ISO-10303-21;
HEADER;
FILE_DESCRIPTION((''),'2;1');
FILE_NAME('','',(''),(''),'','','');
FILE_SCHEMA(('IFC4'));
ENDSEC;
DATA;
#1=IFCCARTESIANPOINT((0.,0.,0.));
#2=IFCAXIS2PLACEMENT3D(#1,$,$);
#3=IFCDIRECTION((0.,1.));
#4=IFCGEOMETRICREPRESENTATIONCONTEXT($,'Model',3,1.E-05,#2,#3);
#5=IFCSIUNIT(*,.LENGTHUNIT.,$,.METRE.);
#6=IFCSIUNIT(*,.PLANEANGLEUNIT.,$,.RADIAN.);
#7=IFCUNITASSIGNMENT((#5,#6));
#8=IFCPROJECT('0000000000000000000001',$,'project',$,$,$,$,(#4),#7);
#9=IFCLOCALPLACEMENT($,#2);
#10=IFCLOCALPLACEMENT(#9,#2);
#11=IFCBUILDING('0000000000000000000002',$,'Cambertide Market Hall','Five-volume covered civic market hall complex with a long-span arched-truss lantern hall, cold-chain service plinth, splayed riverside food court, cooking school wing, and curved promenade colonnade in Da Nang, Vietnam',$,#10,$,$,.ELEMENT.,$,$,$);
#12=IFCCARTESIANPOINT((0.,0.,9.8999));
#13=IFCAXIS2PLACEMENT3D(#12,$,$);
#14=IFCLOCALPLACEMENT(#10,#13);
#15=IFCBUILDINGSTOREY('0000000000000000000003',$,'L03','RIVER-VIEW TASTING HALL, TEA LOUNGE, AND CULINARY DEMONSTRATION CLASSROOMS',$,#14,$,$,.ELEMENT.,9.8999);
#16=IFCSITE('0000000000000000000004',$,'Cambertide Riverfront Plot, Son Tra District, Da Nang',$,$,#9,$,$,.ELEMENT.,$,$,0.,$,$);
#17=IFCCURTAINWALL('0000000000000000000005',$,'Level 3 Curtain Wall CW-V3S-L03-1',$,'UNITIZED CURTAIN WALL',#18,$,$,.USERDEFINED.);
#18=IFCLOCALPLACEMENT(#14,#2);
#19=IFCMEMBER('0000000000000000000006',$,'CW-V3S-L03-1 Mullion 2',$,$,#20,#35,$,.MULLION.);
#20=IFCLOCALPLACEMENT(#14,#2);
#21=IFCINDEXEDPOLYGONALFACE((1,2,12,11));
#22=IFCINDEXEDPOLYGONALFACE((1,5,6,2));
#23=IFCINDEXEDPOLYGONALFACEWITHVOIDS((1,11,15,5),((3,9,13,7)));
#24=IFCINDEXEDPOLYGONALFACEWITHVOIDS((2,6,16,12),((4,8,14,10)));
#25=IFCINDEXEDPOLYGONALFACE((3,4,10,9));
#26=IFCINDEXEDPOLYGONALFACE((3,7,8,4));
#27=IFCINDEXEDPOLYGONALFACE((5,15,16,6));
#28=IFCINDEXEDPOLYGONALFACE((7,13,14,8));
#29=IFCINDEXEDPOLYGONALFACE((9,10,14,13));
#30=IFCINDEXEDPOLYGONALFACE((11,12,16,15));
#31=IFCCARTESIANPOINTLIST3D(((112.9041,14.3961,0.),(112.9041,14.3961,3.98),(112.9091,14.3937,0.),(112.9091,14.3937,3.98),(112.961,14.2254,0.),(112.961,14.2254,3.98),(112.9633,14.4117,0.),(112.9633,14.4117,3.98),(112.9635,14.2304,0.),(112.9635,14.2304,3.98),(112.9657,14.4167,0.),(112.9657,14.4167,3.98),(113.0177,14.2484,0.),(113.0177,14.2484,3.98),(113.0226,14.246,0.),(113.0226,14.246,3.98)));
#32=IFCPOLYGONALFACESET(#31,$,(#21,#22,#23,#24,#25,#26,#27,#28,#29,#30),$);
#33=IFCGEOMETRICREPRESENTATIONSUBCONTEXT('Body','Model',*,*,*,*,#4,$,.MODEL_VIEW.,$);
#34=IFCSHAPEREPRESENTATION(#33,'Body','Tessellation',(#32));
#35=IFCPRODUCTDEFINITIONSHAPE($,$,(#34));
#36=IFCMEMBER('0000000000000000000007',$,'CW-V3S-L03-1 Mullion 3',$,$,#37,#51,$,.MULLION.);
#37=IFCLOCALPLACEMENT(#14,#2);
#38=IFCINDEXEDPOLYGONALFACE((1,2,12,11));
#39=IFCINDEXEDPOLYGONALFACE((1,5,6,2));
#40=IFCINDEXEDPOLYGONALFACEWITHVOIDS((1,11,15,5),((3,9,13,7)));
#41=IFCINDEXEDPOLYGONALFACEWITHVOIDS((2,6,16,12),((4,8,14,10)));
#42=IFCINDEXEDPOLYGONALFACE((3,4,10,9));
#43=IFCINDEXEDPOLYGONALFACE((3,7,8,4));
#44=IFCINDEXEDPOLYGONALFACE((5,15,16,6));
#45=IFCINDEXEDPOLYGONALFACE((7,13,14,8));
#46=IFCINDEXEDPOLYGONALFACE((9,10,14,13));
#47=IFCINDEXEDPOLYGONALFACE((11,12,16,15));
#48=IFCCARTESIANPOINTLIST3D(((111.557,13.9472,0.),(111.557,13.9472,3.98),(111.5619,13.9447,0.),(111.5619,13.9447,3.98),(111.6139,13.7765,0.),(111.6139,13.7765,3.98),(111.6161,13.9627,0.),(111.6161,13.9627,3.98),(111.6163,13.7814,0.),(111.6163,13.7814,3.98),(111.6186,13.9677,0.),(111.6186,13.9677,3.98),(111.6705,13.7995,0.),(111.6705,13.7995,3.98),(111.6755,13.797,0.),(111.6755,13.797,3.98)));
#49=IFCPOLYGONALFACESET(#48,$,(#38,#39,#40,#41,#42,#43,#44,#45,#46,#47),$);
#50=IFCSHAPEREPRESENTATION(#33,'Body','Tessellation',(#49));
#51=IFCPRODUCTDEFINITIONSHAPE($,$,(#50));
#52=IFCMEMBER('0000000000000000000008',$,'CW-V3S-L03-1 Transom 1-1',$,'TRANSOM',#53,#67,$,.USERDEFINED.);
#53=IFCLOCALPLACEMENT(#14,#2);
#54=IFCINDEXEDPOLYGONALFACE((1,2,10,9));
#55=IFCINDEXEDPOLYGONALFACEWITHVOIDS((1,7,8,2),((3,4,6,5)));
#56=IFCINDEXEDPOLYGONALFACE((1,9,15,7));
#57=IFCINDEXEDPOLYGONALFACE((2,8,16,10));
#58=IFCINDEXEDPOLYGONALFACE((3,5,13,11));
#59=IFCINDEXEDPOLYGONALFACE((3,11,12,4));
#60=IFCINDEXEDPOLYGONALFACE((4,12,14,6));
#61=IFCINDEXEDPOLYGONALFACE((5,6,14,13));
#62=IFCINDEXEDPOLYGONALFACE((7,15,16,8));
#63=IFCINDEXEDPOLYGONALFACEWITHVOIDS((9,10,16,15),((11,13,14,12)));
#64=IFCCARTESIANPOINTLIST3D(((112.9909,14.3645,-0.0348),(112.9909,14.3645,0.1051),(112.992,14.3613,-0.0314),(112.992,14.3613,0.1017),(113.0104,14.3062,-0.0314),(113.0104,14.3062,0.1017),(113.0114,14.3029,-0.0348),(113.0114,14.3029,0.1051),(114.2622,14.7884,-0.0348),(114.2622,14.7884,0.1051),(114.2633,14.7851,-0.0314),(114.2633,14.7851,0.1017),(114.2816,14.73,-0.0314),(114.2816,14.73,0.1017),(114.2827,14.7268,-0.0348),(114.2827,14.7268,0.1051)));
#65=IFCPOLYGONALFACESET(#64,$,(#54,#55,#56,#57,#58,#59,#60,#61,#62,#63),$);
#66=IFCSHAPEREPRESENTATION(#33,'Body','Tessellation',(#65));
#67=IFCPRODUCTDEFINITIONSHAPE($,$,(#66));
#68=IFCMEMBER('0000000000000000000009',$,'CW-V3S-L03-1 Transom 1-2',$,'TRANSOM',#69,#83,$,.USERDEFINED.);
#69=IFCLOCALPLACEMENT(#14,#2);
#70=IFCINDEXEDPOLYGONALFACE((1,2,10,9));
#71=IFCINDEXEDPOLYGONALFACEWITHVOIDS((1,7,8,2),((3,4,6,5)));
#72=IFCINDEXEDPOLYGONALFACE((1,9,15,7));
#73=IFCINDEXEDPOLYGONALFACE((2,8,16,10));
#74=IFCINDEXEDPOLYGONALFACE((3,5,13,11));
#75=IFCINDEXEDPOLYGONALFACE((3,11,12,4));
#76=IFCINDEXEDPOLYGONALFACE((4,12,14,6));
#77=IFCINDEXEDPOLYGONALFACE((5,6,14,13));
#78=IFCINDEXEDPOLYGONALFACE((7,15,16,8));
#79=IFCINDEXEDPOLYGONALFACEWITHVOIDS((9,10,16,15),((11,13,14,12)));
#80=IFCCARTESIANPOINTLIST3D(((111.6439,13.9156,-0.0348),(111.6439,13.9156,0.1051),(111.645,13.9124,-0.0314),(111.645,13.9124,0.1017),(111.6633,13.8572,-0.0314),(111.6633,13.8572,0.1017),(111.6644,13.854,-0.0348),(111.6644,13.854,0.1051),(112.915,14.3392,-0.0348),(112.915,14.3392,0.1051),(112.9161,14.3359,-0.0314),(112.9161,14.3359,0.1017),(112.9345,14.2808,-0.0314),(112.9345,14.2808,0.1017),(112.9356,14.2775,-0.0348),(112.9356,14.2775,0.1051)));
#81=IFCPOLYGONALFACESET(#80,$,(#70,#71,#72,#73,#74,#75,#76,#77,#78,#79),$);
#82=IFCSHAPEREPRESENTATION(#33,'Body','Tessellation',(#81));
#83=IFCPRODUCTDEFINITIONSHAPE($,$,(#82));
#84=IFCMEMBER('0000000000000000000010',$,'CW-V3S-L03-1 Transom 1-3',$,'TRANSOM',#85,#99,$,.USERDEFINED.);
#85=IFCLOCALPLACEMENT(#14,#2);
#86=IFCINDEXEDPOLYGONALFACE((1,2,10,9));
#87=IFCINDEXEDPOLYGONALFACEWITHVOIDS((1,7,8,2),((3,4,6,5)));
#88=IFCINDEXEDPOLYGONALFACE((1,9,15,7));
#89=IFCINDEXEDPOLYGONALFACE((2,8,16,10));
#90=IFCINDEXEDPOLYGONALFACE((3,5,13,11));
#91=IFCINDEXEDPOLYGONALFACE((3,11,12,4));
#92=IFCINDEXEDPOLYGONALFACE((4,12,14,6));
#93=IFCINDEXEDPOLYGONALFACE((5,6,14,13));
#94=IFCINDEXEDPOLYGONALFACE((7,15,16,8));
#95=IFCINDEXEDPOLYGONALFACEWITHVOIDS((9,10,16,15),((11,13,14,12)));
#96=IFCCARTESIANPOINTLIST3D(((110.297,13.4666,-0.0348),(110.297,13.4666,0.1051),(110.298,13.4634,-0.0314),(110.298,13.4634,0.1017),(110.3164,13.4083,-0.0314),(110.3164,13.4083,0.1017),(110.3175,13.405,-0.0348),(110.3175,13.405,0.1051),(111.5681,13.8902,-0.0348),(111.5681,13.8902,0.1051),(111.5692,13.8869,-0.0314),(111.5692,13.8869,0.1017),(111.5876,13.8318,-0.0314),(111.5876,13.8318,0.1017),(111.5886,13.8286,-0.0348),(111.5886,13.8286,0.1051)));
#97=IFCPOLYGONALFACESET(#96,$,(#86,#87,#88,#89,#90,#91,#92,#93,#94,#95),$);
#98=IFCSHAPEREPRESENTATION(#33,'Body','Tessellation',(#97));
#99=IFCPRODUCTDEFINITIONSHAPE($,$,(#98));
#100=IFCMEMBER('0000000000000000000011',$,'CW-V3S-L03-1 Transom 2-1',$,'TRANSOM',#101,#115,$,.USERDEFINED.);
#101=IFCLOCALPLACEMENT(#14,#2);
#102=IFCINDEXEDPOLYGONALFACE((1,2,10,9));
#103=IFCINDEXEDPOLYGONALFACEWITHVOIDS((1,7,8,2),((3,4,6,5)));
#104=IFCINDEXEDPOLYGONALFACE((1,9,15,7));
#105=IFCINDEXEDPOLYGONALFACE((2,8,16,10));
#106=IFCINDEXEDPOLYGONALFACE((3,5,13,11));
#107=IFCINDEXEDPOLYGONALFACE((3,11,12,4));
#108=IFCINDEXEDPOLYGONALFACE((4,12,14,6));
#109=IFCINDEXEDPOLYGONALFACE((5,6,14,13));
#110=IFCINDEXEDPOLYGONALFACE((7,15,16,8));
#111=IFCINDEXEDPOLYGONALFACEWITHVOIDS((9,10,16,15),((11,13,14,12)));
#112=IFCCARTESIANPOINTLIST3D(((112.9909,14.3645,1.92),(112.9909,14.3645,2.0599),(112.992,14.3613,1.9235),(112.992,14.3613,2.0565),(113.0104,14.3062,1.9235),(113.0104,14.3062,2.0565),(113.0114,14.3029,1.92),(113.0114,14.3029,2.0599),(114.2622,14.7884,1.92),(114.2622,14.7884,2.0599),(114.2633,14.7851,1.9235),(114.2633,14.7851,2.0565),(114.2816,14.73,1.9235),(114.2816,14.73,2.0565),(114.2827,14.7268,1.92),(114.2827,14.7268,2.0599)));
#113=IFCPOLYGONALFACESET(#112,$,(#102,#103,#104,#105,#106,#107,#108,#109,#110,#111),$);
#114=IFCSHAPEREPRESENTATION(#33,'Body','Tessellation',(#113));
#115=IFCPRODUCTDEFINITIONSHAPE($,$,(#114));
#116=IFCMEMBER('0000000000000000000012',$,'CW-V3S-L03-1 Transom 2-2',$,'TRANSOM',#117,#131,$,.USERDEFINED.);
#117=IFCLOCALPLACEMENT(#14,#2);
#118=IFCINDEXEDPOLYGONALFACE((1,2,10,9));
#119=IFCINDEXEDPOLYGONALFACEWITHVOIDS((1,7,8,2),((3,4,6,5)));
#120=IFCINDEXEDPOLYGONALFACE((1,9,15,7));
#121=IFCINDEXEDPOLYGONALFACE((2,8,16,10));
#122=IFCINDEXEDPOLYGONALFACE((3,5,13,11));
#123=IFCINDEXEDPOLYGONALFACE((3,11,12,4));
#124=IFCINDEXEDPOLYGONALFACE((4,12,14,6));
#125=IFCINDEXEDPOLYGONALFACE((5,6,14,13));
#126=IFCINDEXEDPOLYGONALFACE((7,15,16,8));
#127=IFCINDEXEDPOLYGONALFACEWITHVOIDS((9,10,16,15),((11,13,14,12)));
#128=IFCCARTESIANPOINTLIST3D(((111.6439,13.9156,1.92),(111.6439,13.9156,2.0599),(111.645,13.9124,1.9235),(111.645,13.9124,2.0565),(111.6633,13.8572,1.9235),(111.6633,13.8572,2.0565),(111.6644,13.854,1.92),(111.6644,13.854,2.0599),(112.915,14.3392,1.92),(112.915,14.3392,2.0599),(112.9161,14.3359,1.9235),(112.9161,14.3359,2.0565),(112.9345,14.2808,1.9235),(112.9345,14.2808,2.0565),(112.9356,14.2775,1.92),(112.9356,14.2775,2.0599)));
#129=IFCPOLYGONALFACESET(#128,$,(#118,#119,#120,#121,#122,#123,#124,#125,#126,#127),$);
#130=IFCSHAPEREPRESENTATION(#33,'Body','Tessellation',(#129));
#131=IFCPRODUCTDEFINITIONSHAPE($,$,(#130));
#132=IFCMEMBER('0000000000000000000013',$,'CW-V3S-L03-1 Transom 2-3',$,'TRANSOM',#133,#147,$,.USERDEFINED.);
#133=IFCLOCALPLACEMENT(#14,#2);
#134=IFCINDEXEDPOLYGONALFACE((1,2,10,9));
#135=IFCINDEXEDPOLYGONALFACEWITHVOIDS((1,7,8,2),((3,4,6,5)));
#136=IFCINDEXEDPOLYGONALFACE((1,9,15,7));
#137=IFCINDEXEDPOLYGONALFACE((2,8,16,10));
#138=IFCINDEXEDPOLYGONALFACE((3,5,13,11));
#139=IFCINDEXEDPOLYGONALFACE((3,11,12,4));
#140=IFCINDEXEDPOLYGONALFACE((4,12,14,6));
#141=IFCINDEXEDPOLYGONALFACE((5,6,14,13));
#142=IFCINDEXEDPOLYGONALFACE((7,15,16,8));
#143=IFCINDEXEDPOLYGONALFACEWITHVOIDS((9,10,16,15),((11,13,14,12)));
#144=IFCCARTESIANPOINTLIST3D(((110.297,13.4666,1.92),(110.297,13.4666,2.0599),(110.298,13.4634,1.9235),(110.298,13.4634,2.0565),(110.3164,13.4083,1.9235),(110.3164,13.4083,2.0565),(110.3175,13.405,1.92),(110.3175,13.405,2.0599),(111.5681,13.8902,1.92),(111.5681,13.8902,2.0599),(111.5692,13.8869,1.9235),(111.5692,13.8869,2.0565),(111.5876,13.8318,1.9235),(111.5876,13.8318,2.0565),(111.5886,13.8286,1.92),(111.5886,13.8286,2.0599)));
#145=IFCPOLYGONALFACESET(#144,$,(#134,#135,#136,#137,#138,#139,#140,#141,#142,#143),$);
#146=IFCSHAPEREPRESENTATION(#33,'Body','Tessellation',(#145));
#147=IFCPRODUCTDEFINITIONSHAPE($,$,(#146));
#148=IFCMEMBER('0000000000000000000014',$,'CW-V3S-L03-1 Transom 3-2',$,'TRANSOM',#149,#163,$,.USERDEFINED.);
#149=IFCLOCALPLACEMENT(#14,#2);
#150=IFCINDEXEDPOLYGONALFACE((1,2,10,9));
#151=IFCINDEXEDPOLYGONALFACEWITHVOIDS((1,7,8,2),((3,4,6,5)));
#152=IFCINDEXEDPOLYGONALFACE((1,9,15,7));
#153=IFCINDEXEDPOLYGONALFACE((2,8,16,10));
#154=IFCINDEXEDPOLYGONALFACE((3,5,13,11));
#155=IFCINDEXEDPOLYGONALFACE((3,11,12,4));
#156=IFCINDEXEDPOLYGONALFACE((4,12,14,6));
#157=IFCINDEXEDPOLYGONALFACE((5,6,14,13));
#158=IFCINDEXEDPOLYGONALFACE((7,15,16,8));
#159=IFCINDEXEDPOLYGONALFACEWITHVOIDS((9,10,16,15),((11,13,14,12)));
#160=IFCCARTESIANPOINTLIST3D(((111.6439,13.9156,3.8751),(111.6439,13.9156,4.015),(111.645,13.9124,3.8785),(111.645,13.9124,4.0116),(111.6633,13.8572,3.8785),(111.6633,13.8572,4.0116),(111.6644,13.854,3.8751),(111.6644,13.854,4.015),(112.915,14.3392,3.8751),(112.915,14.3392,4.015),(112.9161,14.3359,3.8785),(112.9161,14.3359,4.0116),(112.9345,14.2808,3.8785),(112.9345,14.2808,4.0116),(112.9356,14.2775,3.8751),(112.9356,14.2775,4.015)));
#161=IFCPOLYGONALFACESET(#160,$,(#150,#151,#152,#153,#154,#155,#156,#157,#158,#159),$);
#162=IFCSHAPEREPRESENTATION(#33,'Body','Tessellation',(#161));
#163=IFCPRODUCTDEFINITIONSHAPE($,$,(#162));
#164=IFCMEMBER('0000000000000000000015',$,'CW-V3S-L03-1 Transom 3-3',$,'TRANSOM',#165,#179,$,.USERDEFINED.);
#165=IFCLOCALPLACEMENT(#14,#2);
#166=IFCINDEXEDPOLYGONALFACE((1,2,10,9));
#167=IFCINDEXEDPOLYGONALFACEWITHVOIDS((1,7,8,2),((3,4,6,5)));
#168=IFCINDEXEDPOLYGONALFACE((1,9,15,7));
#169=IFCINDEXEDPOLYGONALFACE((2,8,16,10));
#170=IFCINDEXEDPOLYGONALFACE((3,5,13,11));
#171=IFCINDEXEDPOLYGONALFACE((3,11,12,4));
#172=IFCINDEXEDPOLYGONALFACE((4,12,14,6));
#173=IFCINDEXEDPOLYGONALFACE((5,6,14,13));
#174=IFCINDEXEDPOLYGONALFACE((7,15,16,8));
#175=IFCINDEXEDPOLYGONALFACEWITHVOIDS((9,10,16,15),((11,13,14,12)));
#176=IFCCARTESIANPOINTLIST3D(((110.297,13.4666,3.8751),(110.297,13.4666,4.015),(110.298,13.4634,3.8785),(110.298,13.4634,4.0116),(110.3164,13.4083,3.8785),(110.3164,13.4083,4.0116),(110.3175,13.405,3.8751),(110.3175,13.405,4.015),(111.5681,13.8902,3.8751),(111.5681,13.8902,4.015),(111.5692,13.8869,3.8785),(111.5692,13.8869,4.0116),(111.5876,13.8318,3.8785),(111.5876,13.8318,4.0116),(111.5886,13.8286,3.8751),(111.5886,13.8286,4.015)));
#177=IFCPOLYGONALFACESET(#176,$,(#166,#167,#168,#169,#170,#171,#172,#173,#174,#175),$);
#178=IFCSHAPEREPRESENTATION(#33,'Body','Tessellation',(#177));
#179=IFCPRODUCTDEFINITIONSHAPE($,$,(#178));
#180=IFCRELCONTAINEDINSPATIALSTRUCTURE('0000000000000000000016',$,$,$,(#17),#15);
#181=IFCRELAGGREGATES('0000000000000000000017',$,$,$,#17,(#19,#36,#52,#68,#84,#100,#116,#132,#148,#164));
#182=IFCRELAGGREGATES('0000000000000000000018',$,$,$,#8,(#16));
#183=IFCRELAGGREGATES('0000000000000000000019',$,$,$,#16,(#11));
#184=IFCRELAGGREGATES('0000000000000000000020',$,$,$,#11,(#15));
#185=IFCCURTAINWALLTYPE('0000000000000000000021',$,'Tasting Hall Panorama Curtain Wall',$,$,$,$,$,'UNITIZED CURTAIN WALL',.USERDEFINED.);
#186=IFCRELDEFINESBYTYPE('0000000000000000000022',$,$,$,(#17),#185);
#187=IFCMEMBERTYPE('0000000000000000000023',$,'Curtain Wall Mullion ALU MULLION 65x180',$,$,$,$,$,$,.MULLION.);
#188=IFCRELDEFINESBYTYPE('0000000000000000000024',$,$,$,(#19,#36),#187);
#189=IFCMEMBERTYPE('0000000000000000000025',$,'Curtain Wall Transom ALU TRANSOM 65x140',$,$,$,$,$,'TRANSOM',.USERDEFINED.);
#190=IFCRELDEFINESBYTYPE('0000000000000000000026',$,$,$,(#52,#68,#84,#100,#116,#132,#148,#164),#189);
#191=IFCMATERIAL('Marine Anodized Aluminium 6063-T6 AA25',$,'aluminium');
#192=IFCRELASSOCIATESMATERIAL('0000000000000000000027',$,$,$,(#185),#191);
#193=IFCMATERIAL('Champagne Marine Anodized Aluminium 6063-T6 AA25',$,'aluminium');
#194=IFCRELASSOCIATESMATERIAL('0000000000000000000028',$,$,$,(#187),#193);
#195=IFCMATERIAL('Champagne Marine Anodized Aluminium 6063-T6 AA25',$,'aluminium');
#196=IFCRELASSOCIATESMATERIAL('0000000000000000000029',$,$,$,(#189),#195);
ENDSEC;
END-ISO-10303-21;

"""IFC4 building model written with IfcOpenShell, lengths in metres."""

from ifc_helpers import new_model, si_unit, direction, frame, origin, origin_2d, place, context, subcontext, project, spatial, hollow_rectangle, extrude, material, material_profile, profile_set, type_object, element, aggregate, save


model = new_model("IFC4")

# Units and contexts
model_context = context("Model", 3, precision=1e-05, world=origin(), true_north=direction((0.0, 1.0)))
body_context = subcontext(model_context, "Body", "Model", "MODEL_VIEW")
ifc_project = project(units=[si_unit("LENGTHUNIT", "METRE"), si_unit("PLANEANGLEUNIT", "RADIAN")], contexts=[model_context])

# Site, building, storey
site_placement = place(None, origin())
site = spatial("IfcSite", under=ifc_project, at=site_placement, Name="Cambertide Riverfront Plot, Son Tra District, Da Nang", CompositionType="ELEMENT", RefElevation=0.0)
building_placement = place(site_placement, origin())
building = spatial("IfcBuilding", under=site, at=building_placement, Name="Cambertide Market Hall", Description="Five-volume covered civic market hall complex with a long-span arched-truss lantern hall, cold-chain service plinth, splayed riverside food court, cooking school wing, and curved promenade colonnade in Da Nang, Vietnam", CompositionType="ELEMENT")
storey_placement = place(building_placement, frame((0.0, 0.0, 9.8999)))
storey = spatial("IfcBuildingStorey", under=building, at=storey_placement, Name="L03", Description="RIVER-VIEW TASTING HALL, TEA LOUNGE, AND CULINARY DEMONSTRATION CLASSROOMS", CompositionType="ELEMENT", Elevation=9.8999)

# Curtain wall, members
ifc_material_1 = material(Name="Marine Anodized Aluminium 6063-T6 AA25", Category="aluminium")
curtain_wall_type = type_object("IfcCurtainWallType", Name="Tasting Hall Panorama Curtain Wall", ElementType="UNITIZED CURTAIN WALL", PredefinedType="USERDEFINED", material=ifc_material_1)
curtain_wall_placement = place(storey_placement, origin())
curtain_wall = element("IfcCurtainWall", 1, at=curtain_wall_placement, inside=storey, type_object=curtain_wall_type, Name="Level 3 Curtain Wall CW-V3S-L03-1", ObjectType="UNITIZED CURTAIN WALL", PredefinedType="USERDEFINED")
ifc_material_2 = material(Name="Champagne Marine Anodized Aluminium 6063-T6 AA25", Category="aluminium")
ifc_material_profile_1 = material_profile(ifc_material_2, hollow_rectangle(XDim=0.0649, YDim=0.1799, WallThickness=0.0039, at=origin_2d()), Name="ALU MULLION 65x180")
ifc_profile_set_1 = profile_set([ifc_material_profile_1], Name="Champagne Marine Anodized Aluminium 6063-T6 AA25")
member_type_1 = type_object("IfcMemberType", Name="Curtain Wall Mullion ALU MULLION 65x180", PredefinedType="MULLION", material=ifc_profile_set_1)
member_1_placement = place(storey_placement, frame((112.9634, 14.321, 0.0), z_axis=(0.0, 0.0, 1.0), x_axis=(-0.948683, -0.316228, 0.0)))
member_1 = element("IfcMember", 2, at=member_1_placement, type_object=member_type_1, Name="CW-V3S-L03-1 Mullion 2", PredefinedType="MULLION", context=body_context, shape_type="SweptSolid", body=[
    extrude(hollow_rectangle(XDim=0.0649, YDim=0.1799, WallThickness=0.0039, at=origin_2d()), origin(), (0.0, 0.0, 1.0), 3.98),
])
member_2_placement = place(storey_placement, frame((111.6162, 13.8721, 0.0), z_axis=(0.0, 0.0, 1.0), x_axis=(-0.948683, -0.316228, 0.0)))
member_2 = element("IfcMember", 3, at=member_2_placement, type_object=member_type_1, Name="CW-V3S-L03-1 Mullion 3", PredefinedType="MULLION", context=body_context, shape_type="SweptSolid", body=[
    extrude(hollow_rectangle(XDim=0.0649, YDim=0.1799, WallThickness=0.0039, at=origin_2d()), origin(), (0.0, 0.0, 1.0), 3.98),
])
ifc_material_3 = material(Name="Champagne Marine Anodized Aluminium 6063-T6 AA25", Category="aluminium")
ifc_material_profile_2 = material_profile(ifc_material_3, hollow_rectangle(XDim=0.0649, YDim=0.1399, WallThickness=0.0034, at=origin_2d()), Name="ALU TRANSOM 65x140")
ifc_profile_set_2 = profile_set([ifc_material_profile_2], Name="Champagne Marine Anodized Aluminium 6063-T6 AA25")
member_type_2 = type_object("IfcMemberType", Name="Curtain Wall Transom ALU TRANSOM 65x140", ElementType="TRANSOM", PredefinedType="USERDEFINED", material=ifc_profile_set_2)
member_3_placement = place(storey_placement, frame((114.2725, 14.7576, 0.0352), z_axis=(-0.948665, -0.316282, 0.0), x_axis=(0.316282, -0.948665, 0.0)))
member_3 = element("IfcMember", 4, at=member_3_placement, type_object=member_type_2, Name="CW-V3S-L03-1 Transom 1-1", ObjectType="TRANSOM", PredefinedType="USERDEFINED", context=body_context, shape_type="SweptSolid", body=[
    extrude(hollow_rectangle(XDim=0.0649, YDim=0.1399, WallThickness=0.0034, at=origin_2d()), origin(), (0.0, 0.0, 1.0), 1.3401),
])
member_4_placement = place(storey_placement, frame((112.9253, 14.3083, 0.0352), z_axis=(-0.94872, -0.316118, 0.0), x_axis=(0.316118, -0.94872, 0.0)))
member_4 = element("IfcMember", 5, at=member_4_placement, type_object=member_type_2, Name="CW-V3S-L03-1 Transom 1-2", ObjectType="TRANSOM", PredefinedType="USERDEFINED", context=body_context, shape_type="SweptSolid", body=[
    extrude(hollow_rectangle(XDim=0.0649, YDim=0.1399, WallThickness=0.0034, at=origin_2d()), origin(), (0.0, 0.0, 1.0), 1.3398),
])
member_5_placement = place(storey_placement, frame((111.5784, 13.8594, 0.0352), z_axis=(-0.94872, -0.316118, 0.0), x_axis=(0.316118, -0.94872, 0.0)))
member_5 = element("IfcMember", 6, at=member_5_placement, type_object=member_type_2, Name="CW-V3S-L03-1 Transom 1-3", ObjectType="TRANSOM", PredefinedType="USERDEFINED", context=body_context, shape_type="SweptSolid", body=[
    extrude(hollow_rectangle(XDim=0.0649, YDim=0.1399, WallThickness=0.0034, at=origin_2d()), origin(), (0.0, 0.0, 1.0), 1.3398),
])
member_6_placement = place(storey_placement, frame((114.2725, 14.7576, 1.99), z_axis=(-0.948665, -0.316282, 0.0), x_axis=(0.316282, -0.948665, 0.0)))
member_6 = element("IfcMember", 7, at=member_6_placement, type_object=member_type_2, Name="CW-V3S-L03-1 Transom 2-1", ObjectType="TRANSOM", PredefinedType="USERDEFINED", context=body_context, shape_type="SweptSolid", body=[
    extrude(hollow_rectangle(XDim=0.0649, YDim=0.1399, WallThickness=0.0034, at=origin_2d()), origin(), (0.0, 0.0, 1.0), 1.3401),
])
member_7_placement = place(storey_placement, frame((112.9253, 14.3083, 1.99), z_axis=(-0.94872, -0.316118, 0.0), x_axis=(0.316118, -0.94872, 0.0)))
member_7 = element("IfcMember", 8, at=member_7_placement, type_object=member_type_2, Name="CW-V3S-L03-1 Transom 2-2", ObjectType="TRANSOM", PredefinedType="USERDEFINED", context=body_context, shape_type="SweptSolid", body=[
    extrude(hollow_rectangle(XDim=0.0649, YDim=0.1399, WallThickness=0.0034, at=origin_2d()), origin(), (0.0, 0.0, 1.0), 1.3398),
])
member_8_placement = place(storey_placement, frame((111.5784, 13.8594, 1.99), z_axis=(-0.94872, -0.316118, 0.0), x_axis=(0.316118, -0.94872, 0.0)))
member_8 = element("IfcMember", 9, at=member_8_placement, type_object=member_type_2, Name="CW-V3S-L03-1 Transom 2-3", ObjectType="TRANSOM", PredefinedType="USERDEFINED", context=body_context, shape_type="SweptSolid", body=[
    extrude(hollow_rectangle(XDim=0.0649, YDim=0.1399, WallThickness=0.0034, at=origin_2d()), origin(), (0.0, 0.0, 1.0), 1.3398),
])
member_9_placement = place(storey_placement, frame((112.9253, 14.3083, 3.9451), z_axis=(-0.94872, -0.316118, 0.0), x_axis=(0.316118, -0.94872, 0.0)))
member_9 = element("IfcMember", 10, at=member_9_placement, type_object=member_type_2, Name="CW-V3S-L03-1 Transom 3-2", ObjectType="TRANSOM", PredefinedType="USERDEFINED", context=body_context, shape_type="SweptSolid", body=[
    extrude(hollow_rectangle(XDim=0.0649, YDim=0.1399, WallThickness=0.0034, at=origin_2d()), origin(), (0.0, 0.0, 1.0), 1.3398),
])
member_10_placement = place(storey_placement, frame((111.5784, 13.8594, 3.9451), z_axis=(-0.94872, -0.316118, 0.0), x_axis=(0.316118, -0.94872, 0.0)))
member_10 = element("IfcMember", 11, at=member_10_placement, type_object=member_type_2, Name="CW-V3S-L03-1 Transom 3-3", ObjectType="TRANSOM", PredefinedType="USERDEFINED", context=body_context, shape_type="SweptSolid", body=[
    extrude(hollow_rectangle(XDim=0.0649, YDim=0.1399, WallThickness=0.0034, at=origin_2d()), origin(), (0.0, 0.0, 1.0), 1.3398),
])

aggregate(curtain_wall, [member_1, member_2, member_3, member_4, member_5, member_6, member_7, member_8, member_9, member_10])

save(model, "model.ifc")
